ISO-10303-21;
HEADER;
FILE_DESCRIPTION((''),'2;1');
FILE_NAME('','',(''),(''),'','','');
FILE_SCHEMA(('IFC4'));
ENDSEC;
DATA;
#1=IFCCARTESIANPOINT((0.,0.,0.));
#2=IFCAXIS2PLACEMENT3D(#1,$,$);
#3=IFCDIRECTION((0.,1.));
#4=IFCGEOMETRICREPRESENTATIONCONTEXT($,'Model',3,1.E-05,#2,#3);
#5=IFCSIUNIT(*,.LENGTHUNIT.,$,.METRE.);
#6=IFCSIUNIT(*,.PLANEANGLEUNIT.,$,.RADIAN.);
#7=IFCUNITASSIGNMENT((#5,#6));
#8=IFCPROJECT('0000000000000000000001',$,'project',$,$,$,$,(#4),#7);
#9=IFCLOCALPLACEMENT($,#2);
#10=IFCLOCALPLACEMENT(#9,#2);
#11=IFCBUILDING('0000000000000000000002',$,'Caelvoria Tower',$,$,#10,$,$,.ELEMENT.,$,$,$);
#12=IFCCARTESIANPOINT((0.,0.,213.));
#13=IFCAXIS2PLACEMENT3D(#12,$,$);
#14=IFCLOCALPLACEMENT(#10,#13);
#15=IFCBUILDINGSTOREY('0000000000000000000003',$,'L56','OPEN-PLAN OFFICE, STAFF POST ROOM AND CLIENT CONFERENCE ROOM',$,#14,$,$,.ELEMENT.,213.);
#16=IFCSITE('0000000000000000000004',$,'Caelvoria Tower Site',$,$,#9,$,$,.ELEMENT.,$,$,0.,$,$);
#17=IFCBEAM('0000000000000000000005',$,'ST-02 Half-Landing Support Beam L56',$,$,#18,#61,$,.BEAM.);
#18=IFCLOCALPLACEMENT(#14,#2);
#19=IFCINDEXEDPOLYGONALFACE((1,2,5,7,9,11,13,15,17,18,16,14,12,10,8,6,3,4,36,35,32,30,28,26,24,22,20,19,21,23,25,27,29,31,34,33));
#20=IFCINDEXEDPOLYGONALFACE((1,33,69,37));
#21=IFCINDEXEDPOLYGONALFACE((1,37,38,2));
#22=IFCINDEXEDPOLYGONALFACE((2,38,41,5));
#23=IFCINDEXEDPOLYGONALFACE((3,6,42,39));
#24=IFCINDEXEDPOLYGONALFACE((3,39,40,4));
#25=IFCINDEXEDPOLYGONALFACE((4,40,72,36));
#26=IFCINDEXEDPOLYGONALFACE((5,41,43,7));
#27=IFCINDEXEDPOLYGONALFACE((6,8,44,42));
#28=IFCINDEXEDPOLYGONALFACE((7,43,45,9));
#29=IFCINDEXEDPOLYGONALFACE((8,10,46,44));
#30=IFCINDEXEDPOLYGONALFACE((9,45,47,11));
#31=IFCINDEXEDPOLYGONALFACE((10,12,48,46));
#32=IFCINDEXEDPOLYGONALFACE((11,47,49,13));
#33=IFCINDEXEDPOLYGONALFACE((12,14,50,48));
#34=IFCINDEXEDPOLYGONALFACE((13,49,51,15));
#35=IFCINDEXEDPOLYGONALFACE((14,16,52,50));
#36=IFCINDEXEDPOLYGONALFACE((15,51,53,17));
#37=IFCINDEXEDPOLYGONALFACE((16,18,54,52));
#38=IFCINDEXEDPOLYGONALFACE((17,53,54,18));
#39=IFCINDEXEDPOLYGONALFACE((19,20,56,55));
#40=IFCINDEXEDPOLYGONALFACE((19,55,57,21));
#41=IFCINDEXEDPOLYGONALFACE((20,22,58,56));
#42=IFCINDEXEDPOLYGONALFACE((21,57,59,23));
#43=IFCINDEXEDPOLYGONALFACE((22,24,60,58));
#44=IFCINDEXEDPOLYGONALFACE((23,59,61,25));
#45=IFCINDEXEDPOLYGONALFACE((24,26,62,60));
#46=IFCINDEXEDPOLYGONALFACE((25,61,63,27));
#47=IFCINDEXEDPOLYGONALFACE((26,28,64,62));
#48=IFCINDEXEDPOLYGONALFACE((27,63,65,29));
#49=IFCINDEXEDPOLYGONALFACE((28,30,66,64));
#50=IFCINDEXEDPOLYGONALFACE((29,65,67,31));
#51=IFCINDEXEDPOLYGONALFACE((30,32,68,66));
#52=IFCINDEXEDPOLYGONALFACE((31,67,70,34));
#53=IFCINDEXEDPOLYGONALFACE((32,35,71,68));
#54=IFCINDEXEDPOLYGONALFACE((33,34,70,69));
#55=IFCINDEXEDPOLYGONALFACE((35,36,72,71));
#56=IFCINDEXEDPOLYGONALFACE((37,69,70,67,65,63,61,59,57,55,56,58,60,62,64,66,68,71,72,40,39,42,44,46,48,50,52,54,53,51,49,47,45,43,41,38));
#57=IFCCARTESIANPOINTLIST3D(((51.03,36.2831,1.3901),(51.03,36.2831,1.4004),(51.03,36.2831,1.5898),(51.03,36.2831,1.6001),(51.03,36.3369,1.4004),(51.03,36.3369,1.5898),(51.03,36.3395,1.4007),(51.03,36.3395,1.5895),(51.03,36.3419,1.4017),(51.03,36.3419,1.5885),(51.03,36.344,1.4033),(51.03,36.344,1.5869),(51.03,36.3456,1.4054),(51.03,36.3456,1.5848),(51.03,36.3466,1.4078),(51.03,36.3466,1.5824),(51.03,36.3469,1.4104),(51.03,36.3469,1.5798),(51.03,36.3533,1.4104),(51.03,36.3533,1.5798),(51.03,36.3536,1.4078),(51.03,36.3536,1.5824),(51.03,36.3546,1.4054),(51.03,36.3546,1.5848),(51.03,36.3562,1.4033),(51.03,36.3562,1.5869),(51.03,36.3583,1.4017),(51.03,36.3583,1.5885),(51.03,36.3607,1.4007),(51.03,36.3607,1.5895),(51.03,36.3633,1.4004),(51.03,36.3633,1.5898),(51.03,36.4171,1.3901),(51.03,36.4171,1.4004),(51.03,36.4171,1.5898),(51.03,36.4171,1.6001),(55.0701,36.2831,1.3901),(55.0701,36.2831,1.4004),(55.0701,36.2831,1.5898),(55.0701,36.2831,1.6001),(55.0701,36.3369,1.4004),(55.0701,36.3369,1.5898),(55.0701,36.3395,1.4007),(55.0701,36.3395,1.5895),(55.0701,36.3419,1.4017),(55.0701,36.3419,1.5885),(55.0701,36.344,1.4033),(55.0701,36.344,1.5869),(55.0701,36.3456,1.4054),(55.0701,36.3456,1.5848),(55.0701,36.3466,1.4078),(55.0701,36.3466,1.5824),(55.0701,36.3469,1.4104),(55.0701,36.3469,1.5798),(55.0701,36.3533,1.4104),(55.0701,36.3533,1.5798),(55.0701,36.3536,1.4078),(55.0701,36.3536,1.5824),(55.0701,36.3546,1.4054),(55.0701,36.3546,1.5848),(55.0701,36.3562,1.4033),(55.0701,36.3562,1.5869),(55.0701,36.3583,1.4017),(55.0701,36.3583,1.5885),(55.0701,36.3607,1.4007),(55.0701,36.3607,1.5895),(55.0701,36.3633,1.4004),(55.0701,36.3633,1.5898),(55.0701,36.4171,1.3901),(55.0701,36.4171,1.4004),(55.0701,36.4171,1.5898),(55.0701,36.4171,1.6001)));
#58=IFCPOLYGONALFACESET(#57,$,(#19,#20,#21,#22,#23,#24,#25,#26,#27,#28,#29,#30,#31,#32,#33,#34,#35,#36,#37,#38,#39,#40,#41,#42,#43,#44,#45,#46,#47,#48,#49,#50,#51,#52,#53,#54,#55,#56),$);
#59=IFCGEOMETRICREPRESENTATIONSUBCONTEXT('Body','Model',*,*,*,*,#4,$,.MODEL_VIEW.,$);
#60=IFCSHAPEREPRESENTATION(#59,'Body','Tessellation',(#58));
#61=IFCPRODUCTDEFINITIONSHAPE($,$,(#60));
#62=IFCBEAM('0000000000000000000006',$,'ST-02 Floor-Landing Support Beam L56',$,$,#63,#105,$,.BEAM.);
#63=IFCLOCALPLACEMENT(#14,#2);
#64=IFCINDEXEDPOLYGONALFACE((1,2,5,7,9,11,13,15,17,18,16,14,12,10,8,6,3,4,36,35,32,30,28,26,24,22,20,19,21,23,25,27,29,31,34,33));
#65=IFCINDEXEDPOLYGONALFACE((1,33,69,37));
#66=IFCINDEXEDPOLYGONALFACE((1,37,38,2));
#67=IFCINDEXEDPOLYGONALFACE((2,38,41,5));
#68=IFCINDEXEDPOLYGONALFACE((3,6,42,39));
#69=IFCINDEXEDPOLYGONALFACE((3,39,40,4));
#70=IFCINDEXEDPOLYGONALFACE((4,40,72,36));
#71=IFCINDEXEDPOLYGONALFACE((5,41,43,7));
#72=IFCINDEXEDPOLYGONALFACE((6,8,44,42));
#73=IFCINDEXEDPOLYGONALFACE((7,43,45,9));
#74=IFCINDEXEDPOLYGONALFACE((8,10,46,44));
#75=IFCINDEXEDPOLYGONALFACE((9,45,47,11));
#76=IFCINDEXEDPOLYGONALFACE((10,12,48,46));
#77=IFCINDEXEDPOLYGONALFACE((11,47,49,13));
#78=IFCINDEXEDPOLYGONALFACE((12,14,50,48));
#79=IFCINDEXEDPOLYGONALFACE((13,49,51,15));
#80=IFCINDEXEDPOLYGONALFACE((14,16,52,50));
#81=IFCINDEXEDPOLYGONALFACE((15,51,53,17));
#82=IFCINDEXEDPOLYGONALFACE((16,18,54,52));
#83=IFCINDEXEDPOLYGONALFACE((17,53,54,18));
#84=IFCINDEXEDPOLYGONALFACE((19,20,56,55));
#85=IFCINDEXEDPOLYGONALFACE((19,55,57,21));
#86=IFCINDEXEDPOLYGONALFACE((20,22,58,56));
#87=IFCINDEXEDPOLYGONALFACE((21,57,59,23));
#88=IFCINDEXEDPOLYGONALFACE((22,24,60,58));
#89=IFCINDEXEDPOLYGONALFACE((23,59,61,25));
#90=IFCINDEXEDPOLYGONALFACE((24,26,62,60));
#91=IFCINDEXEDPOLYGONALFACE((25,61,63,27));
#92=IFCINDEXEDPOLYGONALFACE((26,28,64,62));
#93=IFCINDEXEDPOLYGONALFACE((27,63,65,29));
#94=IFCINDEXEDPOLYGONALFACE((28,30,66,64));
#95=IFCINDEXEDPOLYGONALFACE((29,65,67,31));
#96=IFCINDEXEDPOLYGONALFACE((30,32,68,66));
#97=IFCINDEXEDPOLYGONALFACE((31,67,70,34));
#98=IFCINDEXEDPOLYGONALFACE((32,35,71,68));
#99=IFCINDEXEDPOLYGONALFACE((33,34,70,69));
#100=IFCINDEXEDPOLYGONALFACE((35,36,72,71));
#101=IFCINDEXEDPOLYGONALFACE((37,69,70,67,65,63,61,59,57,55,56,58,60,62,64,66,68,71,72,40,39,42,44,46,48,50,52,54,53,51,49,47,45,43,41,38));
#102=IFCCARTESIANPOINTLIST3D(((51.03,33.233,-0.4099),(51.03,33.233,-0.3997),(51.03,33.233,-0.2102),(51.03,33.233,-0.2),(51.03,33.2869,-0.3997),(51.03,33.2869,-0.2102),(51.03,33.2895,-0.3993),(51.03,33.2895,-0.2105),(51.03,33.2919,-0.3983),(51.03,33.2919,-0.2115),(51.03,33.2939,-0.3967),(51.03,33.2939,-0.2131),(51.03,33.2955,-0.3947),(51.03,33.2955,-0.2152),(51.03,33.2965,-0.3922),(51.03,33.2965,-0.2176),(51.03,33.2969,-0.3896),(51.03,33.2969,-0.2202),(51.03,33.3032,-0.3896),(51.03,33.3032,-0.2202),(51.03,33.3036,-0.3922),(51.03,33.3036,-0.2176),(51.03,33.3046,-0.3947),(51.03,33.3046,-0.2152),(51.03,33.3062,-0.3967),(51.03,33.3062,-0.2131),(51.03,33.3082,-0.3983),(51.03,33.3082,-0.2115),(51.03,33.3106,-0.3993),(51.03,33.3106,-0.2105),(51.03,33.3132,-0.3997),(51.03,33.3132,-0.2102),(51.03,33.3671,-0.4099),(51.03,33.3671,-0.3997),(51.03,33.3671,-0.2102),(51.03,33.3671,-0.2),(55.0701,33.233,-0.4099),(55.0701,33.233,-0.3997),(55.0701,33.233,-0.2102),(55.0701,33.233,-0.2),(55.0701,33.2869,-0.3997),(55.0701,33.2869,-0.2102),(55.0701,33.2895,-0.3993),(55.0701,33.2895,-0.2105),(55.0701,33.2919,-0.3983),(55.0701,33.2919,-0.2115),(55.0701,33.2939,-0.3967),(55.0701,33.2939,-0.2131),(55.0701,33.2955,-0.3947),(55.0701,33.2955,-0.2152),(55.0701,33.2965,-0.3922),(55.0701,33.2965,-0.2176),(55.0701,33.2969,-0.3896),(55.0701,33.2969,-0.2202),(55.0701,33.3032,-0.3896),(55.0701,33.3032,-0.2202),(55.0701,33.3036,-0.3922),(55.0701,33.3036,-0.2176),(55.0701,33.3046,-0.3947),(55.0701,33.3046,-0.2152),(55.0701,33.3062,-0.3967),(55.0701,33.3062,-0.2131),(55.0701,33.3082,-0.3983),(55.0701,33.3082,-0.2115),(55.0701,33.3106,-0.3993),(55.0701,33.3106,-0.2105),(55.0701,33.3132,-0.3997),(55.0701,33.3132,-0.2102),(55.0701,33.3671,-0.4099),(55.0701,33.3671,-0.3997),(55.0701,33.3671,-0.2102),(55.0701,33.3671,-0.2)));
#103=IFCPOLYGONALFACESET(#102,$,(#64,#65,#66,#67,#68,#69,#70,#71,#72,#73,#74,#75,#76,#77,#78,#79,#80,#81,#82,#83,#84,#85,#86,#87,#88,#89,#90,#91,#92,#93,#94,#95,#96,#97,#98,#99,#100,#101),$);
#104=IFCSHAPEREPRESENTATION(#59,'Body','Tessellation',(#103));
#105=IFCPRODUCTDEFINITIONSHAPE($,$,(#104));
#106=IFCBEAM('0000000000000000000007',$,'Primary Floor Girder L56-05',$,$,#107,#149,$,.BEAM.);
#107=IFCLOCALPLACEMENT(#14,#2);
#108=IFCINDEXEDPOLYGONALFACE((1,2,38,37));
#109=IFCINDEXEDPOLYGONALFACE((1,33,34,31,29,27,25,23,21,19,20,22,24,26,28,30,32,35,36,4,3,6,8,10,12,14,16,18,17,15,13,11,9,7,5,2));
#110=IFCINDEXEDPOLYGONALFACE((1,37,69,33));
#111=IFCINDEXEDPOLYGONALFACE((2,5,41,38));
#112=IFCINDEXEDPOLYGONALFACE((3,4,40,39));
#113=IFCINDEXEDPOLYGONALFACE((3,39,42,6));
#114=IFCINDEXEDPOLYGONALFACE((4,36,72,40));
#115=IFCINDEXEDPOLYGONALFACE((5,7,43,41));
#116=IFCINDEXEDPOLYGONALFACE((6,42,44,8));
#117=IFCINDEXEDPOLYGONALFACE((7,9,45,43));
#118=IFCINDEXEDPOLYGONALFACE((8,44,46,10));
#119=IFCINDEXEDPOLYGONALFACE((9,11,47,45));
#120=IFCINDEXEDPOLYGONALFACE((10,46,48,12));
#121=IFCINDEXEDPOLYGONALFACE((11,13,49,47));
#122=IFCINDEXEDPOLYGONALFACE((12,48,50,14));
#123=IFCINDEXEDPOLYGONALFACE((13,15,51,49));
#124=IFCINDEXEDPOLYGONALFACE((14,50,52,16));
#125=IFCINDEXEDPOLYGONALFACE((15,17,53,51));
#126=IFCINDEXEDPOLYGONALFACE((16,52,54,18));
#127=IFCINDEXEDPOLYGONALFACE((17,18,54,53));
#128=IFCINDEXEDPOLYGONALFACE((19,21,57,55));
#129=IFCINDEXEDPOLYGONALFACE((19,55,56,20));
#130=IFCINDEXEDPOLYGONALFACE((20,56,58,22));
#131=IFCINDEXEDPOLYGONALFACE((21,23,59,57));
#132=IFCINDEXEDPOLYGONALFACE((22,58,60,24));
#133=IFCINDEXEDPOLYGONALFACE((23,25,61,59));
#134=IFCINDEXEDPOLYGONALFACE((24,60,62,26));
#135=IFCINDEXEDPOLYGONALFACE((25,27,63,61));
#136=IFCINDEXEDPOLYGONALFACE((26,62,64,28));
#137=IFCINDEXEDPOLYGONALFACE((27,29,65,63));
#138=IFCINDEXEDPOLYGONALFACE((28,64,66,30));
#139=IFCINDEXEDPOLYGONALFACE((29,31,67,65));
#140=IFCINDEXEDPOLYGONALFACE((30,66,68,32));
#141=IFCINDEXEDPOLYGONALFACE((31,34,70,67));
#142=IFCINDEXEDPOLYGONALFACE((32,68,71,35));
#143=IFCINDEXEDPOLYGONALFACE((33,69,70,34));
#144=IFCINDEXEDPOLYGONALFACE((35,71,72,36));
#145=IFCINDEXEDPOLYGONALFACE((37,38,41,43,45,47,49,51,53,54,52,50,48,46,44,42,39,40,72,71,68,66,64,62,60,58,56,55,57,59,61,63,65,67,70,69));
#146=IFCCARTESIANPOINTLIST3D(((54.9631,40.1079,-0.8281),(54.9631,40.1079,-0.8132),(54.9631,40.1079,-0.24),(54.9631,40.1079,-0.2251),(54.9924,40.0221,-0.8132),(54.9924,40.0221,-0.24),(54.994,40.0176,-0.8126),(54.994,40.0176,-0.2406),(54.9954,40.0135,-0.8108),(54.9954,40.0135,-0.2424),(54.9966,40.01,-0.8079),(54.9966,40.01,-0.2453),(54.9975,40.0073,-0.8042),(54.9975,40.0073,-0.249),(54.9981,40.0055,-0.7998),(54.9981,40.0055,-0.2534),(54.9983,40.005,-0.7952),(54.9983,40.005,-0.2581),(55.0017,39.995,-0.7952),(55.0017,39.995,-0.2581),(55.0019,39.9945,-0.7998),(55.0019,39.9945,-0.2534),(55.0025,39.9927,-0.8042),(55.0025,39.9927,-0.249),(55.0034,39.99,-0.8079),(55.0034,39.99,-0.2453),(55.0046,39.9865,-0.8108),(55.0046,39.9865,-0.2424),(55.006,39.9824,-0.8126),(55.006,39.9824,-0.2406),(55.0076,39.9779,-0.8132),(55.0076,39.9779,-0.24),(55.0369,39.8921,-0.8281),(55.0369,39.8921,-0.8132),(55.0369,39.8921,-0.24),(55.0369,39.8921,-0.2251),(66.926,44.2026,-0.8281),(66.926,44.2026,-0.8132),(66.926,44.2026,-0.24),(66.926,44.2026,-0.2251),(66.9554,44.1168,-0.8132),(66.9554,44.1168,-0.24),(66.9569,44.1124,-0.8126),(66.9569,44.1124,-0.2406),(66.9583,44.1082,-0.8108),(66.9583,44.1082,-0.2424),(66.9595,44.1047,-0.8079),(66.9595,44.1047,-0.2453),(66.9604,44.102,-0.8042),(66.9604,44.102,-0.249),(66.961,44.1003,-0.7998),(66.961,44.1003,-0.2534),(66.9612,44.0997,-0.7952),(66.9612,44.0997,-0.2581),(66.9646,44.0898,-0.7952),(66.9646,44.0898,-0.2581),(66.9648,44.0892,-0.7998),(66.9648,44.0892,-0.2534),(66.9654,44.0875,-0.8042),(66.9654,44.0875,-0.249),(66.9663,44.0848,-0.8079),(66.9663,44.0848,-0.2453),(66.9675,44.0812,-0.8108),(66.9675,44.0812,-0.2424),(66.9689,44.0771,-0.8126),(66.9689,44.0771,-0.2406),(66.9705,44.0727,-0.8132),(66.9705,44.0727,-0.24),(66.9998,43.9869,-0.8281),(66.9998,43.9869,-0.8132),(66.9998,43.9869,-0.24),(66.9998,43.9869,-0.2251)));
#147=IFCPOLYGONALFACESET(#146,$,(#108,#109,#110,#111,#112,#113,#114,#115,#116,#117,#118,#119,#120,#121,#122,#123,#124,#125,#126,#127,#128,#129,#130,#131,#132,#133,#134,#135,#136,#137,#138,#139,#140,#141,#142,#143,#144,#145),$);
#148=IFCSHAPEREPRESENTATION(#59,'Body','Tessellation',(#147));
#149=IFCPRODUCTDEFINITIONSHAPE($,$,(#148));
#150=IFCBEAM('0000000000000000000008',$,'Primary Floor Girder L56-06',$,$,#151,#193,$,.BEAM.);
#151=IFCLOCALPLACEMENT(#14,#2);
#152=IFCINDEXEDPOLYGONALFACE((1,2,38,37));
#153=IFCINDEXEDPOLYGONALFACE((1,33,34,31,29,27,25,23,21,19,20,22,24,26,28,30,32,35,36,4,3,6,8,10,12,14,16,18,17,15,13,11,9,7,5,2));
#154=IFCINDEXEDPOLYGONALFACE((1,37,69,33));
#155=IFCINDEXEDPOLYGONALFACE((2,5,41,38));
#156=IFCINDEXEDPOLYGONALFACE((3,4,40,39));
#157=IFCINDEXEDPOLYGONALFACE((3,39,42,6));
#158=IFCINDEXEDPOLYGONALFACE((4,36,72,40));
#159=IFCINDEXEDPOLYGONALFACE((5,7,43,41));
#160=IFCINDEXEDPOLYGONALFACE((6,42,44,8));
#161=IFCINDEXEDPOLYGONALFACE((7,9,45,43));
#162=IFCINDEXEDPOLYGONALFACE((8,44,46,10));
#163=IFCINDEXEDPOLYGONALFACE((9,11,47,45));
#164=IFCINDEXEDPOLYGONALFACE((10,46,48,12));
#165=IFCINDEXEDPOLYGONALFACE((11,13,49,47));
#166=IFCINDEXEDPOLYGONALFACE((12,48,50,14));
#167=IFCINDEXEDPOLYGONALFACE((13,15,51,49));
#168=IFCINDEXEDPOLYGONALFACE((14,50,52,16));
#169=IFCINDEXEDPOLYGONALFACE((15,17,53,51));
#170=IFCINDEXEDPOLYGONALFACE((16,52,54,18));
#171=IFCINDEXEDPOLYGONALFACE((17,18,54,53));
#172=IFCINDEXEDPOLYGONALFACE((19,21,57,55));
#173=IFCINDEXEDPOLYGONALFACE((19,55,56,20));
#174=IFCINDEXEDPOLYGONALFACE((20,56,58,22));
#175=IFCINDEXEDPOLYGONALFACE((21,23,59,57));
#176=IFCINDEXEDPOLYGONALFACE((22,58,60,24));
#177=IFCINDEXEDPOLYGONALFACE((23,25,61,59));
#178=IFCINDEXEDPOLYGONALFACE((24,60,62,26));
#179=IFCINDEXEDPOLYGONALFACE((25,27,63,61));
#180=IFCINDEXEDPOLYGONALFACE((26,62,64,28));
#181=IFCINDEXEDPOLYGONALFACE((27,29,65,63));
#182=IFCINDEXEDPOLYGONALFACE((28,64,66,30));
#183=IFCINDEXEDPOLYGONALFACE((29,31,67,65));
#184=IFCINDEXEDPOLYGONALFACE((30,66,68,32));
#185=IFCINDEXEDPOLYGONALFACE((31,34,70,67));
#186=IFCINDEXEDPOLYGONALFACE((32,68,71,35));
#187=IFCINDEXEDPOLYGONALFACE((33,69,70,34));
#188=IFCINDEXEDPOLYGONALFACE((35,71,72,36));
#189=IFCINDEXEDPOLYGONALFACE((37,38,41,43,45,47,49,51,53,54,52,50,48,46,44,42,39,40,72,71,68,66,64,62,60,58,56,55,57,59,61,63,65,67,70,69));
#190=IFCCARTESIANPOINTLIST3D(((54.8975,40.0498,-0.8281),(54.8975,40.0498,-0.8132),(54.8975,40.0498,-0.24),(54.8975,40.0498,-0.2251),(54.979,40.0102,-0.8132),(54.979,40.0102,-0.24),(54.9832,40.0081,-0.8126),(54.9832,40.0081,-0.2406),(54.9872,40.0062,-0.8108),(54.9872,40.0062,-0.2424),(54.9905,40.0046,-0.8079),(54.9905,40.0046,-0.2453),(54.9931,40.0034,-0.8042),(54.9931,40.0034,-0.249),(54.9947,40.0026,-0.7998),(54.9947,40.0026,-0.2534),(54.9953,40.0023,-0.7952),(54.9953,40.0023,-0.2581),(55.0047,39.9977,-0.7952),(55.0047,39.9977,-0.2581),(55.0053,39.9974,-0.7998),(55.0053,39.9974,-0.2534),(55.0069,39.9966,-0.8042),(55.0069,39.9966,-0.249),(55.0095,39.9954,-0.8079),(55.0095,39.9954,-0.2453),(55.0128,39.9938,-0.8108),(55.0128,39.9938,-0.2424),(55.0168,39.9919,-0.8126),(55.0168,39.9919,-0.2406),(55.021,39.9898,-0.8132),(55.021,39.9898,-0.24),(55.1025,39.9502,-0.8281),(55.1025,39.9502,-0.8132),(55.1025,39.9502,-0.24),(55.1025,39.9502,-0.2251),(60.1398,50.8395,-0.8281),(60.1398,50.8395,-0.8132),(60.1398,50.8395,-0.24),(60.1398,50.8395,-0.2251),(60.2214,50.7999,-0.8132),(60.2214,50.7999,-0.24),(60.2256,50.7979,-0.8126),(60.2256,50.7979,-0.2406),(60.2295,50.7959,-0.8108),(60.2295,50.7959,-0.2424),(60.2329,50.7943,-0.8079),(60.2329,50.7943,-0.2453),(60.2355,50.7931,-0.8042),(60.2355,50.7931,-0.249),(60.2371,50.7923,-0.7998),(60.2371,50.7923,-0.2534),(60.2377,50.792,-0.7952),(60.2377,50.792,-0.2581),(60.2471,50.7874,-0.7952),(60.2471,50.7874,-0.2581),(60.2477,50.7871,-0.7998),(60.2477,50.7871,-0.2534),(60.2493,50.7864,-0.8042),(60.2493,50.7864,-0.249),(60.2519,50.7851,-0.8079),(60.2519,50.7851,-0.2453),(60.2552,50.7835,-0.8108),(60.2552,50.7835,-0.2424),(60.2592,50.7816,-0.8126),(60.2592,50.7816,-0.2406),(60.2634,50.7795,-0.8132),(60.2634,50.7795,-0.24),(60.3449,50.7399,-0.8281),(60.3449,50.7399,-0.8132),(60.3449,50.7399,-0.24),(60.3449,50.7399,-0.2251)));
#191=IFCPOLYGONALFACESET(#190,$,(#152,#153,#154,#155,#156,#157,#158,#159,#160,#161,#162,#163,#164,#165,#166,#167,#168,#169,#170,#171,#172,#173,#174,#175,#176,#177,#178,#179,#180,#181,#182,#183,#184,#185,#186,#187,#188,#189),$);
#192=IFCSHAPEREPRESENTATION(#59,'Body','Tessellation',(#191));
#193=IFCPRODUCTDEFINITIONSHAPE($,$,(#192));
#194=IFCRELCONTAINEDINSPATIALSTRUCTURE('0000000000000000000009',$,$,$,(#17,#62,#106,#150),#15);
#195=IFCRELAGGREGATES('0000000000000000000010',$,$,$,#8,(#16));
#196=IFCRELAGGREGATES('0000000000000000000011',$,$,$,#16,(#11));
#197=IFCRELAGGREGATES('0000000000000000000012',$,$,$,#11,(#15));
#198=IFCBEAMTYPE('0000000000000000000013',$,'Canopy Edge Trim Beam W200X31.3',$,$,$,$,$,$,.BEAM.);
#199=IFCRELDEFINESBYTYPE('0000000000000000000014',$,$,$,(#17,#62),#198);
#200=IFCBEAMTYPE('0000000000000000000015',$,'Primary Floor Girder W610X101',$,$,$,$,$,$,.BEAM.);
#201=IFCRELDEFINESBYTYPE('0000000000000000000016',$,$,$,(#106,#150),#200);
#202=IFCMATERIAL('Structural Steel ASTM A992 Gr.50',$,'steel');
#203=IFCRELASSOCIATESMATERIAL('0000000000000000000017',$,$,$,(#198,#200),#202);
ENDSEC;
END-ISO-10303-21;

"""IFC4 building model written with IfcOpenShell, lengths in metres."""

from ifc_helpers import new_model, si_unit, direction, frame, origin, origin_2d, place, context, subcontext, project, spatial, i_section, extrude, material, material_profile, profile_set, type_object, element, save


model = new_model("IFC4")

# Units and contexts
model_context = context("Model", 3, precision=1e-05, world=origin(), true_north=direction((0.0, 1.0)))
body_context = subcontext(model_context, "Body", "Model", "MODEL_VIEW")
ifc_project = project(units=[si_unit("LENGTHUNIT", "METRE"), si_unit("PLANEANGLEUNIT", "RADIAN")], contexts=[model_context])

# Site, building, storey
site_placement = place(None, origin())
site = spatial("IfcSite", under=ifc_project, at=site_placement, Name="Caelvoria Tower Site", CompositionType="ELEMENT", RefElevation=0.0)
building_placement = place(site_placement, origin())
building = spatial("IfcBuilding", under=site, at=building_placement, Name="Caelvoria Tower", CompositionType="ELEMENT")
storey_placement = place(building_placement, frame((0.0, 0.0, 213.0)))
storey = spatial("IfcBuildingStorey", under=building, at=storey_placement, Name="L56", Description="OPEN-PLAN OFFICE, STAFF POST ROOM AND CLIENT CONFERENCE ROOM", CompositionType="ELEMENT", Elevation=213.0)

# Beams
ifc_material_1 = material(Name="Structural Steel ASTM A992 Gr.50", Category="steel")
ifc_material_profile_1 = material_profile(ifc_material_1, i_section(OverallWidth=0.134, OverallDepth=0.21, WebThickness=0.0063, FlangeThickness=0.0103, FilletRadius=0.01, at=origin_2d()), Name="Structural Steel ASTM A992 Gr.50")
ifc_profile_set_1 = profile_set([ifc_material_profile_1], Name="W200X31.3 - Structural Steel ASTM A992 Gr.50")
beam_type_1 = type_object("IfcBeamType", Name="Canopy Edge Trim Beam W200X31.3", PredefinedType="BEAM", material=ifc_profile_set_1)
for number, where, z_axis, x_axis, name in (
    (1, (51.03, 36.3501, 1.4951), (1.0, 0.0, 0.0), (0.0, 1.0, 0.0), "ST-02 Half-Landing Support Beam L56"),
    (2, (51.03, 33.3, -0.3049), (1.0, 0.0, 0.0), (0.0, 1.0, 0.0), "ST-02 Floor-Landing Support Beam L56"),
):
    element("IfcBeam", number, at=place(storey_placement, frame(where, z_axis=z_axis, x_axis=x_axis)), inside=storey, type_object=beam_type_1, Name=name, PredefinedType="BEAM", context=body_context, shape_type="SweptSolid", body=[
        extrude(i_section(OverallWidth=0.134, OverallDepth=0.21, WebThickness=0.0063, FlangeThickness=0.0103, FilletRadius=0.01, at=origin_2d()), origin(), (0.0, 0.0, 1.0), 4.04),
    ])
ifc_material_profile_2 = material_profile(ifc_material_1, i_section(OverallWidth=0.228, OverallDepth=0.603, WebThickness=0.0105, FlangeThickness=0.0149, FilletRadius=0.0181, at=origin_2d()), Name="Structural Steel ASTM A992 Gr.50")
ifc_profile_set_2 = profile_set([ifc_material_profile_2], Name="W610X101 - Structural Steel ASTM A992 Gr.50")
beam_type_2 = type_object("IfcBeamType", Name="Primary Floor Girder W610X101", PredefinedType="BEAM", material=ifc_profile_set_2)
beam_1_placement = place(storey_placement, frame((55.0, 40.0, -0.5266), z_axis=(0.946112, 0.323841, 0.0), x_axis=(-0.323841, 0.946112, 0.0)))
element("IfcBeam", 3, at=beam_1_placement, inside=storey, type_object=beam_type_2, Name="Primary Floor Girder L56-05", PredefinedType="BEAM", context=body_context, shape_type="SweptSolid", body=[
    extrude(i_section(OverallWidth=0.228, OverallDepth=0.603, WebThickness=0.0105, FlangeThickness=0.0149, FilletRadius=0.0181, at=origin_2d()), origin(), (0.0, 0.0, 1.0), 12.6443),
])
beam_2_placement = place(storey_placement, frame((55.0, 40.0, -0.5266), z_axis=(0.437017, 0.899453, 0.0), x_axis=(-0.899453, 0.437017, 0.0)))
element("IfcBeam", 4, at=beam_2_placement, inside=storey, type_object=beam_type_2, Name="Primary Floor Girder L56-06", PredefinedType="BEAM", context=body_context, shape_type="SweptSolid", body=[
    extrude(i_section(OverallWidth=0.228, OverallDepth=0.603, WebThickness=0.0105, FlangeThickness=0.0149, FilletRadius=0.0181, at=origin_2d()), origin(), (0.0, 0.0, 1.0), 11.9958),
])

save(model, "model.ifc")
